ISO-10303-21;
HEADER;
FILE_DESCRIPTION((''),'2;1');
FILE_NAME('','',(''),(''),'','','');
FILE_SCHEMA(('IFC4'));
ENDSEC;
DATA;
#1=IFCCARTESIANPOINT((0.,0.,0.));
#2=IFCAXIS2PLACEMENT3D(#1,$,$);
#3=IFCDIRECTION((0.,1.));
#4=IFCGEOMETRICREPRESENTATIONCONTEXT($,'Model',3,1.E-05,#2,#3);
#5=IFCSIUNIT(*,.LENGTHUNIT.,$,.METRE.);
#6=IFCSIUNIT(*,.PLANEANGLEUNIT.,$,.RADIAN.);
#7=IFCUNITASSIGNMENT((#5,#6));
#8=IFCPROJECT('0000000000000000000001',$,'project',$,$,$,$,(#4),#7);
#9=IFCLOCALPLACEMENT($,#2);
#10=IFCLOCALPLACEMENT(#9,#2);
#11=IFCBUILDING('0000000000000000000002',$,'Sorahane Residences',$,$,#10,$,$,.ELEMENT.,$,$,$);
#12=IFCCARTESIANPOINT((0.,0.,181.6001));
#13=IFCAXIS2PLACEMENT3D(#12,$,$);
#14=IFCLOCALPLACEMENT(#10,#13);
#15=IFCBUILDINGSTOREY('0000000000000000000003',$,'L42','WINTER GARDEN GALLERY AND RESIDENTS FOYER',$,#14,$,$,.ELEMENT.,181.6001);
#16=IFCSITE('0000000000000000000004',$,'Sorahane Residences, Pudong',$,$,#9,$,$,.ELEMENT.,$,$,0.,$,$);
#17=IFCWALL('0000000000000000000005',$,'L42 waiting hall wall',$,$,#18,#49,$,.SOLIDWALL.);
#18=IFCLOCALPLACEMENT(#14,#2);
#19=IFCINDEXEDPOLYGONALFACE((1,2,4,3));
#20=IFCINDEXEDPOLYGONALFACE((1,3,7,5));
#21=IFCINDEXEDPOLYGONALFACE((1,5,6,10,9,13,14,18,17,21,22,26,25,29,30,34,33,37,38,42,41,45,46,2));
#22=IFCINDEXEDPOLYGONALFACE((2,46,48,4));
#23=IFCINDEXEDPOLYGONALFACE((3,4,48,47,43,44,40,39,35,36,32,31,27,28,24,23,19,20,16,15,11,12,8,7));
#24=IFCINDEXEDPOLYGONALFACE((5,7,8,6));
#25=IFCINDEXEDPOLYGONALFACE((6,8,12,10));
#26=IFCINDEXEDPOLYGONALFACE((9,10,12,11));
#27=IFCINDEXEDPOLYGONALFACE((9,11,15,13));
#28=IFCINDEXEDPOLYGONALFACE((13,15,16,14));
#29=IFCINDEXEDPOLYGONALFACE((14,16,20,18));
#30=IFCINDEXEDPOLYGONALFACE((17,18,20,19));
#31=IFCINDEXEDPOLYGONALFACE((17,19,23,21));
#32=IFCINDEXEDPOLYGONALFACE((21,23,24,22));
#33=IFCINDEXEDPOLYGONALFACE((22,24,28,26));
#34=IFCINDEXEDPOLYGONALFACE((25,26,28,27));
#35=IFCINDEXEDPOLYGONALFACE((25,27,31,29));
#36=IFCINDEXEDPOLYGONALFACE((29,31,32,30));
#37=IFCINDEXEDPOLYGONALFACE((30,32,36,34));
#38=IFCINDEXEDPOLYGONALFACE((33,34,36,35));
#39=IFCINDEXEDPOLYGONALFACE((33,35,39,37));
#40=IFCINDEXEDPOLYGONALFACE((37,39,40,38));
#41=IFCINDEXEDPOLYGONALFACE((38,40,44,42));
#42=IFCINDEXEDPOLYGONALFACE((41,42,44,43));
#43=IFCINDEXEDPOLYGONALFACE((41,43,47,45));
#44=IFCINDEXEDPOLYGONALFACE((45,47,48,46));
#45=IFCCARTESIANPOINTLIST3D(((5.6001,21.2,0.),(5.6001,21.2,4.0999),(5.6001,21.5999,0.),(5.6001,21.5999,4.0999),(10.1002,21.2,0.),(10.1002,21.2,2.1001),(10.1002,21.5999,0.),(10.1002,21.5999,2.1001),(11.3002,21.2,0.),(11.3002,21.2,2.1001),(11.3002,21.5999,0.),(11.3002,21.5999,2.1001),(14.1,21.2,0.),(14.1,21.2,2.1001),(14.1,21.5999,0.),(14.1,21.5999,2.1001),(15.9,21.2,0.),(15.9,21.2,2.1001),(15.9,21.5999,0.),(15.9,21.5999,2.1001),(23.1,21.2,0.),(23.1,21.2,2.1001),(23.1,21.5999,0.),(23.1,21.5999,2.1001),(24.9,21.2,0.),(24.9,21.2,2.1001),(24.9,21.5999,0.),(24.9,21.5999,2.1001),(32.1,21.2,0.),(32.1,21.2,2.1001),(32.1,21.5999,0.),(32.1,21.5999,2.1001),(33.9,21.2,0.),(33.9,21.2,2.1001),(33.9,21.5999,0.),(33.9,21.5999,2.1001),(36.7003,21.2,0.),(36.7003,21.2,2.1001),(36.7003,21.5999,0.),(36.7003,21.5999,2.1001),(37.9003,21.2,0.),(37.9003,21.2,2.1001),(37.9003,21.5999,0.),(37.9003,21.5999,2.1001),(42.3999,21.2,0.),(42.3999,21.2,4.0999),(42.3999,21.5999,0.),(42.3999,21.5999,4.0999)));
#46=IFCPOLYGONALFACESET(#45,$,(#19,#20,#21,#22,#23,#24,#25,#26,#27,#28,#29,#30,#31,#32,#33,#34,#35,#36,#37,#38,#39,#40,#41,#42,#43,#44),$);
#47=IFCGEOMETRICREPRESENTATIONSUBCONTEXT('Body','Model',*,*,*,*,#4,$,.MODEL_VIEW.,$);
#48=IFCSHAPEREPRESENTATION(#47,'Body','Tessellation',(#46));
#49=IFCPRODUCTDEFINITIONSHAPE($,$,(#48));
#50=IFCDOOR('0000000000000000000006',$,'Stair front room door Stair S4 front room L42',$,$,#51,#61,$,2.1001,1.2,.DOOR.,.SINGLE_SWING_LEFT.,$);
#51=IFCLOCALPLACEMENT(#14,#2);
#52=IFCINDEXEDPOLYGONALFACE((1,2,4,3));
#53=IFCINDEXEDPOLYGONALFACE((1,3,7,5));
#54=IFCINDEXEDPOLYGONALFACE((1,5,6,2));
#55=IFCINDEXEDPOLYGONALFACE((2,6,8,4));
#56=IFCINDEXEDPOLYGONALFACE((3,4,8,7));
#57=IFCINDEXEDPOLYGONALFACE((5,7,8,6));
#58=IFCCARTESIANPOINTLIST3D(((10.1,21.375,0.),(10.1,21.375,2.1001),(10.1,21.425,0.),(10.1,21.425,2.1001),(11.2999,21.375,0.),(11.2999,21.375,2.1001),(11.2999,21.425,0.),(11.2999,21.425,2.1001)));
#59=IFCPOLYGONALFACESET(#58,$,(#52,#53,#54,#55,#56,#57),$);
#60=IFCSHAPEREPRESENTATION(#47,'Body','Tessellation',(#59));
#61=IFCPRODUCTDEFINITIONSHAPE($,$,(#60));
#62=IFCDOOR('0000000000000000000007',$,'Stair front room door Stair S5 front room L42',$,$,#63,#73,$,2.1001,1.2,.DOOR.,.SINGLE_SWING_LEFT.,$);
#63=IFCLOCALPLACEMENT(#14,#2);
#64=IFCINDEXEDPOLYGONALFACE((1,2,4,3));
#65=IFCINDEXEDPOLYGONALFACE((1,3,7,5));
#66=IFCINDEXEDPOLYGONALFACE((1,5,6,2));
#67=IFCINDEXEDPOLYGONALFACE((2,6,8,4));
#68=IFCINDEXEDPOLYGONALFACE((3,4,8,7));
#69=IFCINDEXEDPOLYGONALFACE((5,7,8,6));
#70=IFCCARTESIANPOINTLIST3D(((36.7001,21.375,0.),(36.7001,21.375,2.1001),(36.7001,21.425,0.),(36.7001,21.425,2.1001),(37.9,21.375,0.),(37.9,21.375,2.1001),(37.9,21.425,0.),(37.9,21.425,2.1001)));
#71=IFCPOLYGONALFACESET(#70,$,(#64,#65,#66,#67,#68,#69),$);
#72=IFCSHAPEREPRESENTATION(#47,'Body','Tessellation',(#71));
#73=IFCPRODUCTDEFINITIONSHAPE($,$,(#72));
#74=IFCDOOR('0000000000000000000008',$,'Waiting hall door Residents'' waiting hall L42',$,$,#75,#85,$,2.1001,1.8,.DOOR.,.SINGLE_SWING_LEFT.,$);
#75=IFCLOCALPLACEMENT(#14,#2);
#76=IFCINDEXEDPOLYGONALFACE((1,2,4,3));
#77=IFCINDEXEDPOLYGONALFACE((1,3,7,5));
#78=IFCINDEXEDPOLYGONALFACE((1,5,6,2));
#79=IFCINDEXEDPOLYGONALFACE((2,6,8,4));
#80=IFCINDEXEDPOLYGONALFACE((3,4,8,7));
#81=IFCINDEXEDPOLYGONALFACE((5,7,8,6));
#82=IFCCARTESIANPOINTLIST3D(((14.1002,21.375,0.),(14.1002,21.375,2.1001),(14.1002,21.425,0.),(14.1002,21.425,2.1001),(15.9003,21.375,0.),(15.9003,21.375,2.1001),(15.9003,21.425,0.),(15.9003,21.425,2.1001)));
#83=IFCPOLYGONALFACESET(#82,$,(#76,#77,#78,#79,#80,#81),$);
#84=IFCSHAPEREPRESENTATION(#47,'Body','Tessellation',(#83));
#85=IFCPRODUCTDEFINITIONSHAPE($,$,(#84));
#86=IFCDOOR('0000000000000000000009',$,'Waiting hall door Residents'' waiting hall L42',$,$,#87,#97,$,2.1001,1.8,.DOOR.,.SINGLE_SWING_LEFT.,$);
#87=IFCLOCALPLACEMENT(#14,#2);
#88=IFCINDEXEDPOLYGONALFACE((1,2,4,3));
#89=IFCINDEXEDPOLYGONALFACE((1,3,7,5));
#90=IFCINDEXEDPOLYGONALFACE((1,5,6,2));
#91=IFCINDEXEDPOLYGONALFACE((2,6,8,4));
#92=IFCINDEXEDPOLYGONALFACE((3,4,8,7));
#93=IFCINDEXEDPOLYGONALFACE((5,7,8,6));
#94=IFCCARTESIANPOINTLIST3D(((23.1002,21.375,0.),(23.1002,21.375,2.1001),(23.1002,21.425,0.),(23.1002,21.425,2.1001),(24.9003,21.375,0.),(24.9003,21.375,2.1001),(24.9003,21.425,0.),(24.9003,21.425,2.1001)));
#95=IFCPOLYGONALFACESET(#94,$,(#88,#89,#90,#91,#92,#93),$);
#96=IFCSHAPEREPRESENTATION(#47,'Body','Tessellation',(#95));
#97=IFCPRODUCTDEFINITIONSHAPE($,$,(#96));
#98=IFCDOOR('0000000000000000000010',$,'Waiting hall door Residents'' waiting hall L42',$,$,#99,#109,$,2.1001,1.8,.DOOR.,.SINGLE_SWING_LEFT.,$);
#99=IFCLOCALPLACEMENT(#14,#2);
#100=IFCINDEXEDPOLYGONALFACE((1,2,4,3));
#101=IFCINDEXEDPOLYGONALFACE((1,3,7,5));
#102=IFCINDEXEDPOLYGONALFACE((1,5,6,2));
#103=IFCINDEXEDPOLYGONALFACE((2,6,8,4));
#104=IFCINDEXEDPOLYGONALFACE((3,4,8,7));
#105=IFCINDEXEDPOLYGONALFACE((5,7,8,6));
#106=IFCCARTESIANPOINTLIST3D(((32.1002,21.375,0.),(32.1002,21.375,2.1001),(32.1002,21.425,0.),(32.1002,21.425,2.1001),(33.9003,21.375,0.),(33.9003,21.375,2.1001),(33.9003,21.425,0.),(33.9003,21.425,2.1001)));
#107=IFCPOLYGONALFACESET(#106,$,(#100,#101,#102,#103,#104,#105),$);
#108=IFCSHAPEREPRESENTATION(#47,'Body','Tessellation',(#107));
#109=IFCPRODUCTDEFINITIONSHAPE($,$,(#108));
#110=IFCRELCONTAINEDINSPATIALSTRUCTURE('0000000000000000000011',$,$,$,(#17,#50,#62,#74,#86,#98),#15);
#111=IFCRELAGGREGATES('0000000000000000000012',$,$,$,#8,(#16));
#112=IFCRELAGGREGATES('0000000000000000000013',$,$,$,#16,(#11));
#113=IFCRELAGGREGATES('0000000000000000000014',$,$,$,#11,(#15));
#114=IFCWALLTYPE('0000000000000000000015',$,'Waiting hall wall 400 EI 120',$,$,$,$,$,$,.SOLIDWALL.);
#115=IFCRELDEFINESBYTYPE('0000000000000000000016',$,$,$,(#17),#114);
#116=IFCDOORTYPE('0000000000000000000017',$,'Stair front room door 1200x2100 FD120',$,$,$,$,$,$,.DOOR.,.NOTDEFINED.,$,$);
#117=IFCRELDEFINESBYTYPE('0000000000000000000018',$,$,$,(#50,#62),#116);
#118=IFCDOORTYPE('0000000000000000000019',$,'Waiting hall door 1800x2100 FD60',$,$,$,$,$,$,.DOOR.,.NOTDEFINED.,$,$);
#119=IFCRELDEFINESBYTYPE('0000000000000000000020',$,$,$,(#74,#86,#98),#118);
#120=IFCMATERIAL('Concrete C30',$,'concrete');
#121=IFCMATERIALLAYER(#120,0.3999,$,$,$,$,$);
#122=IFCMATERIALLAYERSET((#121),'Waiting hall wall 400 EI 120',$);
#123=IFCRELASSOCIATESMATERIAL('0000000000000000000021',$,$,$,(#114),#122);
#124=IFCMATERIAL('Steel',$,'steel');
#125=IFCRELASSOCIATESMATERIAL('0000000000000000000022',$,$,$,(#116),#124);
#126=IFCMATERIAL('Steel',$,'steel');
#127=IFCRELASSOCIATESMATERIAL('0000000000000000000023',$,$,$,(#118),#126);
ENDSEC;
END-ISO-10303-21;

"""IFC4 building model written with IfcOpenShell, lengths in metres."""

from ifc_helpers import new_model, si_unit, direction, frame, frame_2d, origin, place, context, subcontext, project, spatial, rectangle, extrude, material, layer, layer_set, type_object, element, fill, save


model = new_model("IFC4")

# Units and contexts
model_context = context("Model", 3, precision=1e-05, world=origin(), true_north=direction((0.0, 1.0)))
body_context = subcontext(model_context, "Body", "Model", "MODEL_VIEW")
ifc_project = project(units=[si_unit("LENGTHUNIT", "METRE"), si_unit("PLANEANGLEUNIT", "RADIAN")], contexts=[model_context])

# Site, building, storey
site_placement = place(None, origin())
site = spatial("IfcSite", under=ifc_project, at=site_placement, Name="Sorahane Residences, Pudong", CompositionType="ELEMENT", RefElevation=0.0)
building_placement = place(site_placement, origin())
building = spatial("IfcBuilding", under=site, at=building_placement, Name="Sorahane Residences", CompositionType="ELEMENT")
storey_placement = place(building_placement, frame((0.0, 0.0, 181.6001)))
storey = spatial("IfcBuildingStorey", under=building, at=storey_placement, Name="L42", Description="WINTER GARDEN GALLERY AND RESIDENTS FOYER", CompositionType="ELEMENT", Elevation=181.6001)

# Wall, openings, doors
ifc_material_1 = material(Name="Concrete C30", Category="concrete")
ifc_layer_1 = layer(ifc_material_1, 0.3999)
ifc_layer_set_1 = layer_set([ifc_layer_1], Name="Waiting hall wall 400 EI 120")
wall_type_1 = type_object("IfcWallType", Name="Waiting hall wall 400 EI 120", PredefinedType="SOLIDWALL", material=ifc_layer_set_1)
wall_1_placement = place(storey_placement, frame((5.6001, 21.3999, 0.0), z_axis=(0.0, 0.0, 1.0), x_axis=(1.0, 0.0, 0.0)))
wall_1 = element("IfcWall", 1, at=wall_1_placement, inside=storey, type_object=wall_type_1, Name="L42 waiting hall wall", PredefinedType="SOLIDWALL", context=body_context, shape_type="SweptSolid", body=[
    extrude(rectangle(XDim=36.7998, YDim=0.3999, at=frame_2d((18.3999, 0.0))), origin(), (0.0, 0.0, 1.0), 4.0999),
])
opening_1_placement = place(wall_1_placement, frame((8.5, 0.0, 0.0)))
opening_1 = element("IfcOpeningElement", 2, at=opening_1_placement, cuts=wall_1, PredefinedType="OPENING", context=body_context, shape_type="SweptSolid", body=[
    extrude(rectangle(XDim=1.8, YDim=2.1001, at=frame_2d((0.8999, 1.05))), frame((0.0, 0.21, 0.0), z_axis=(0.0, -1.0, 0.0), x_axis=(1.0, 0.0, 0.0)), (0.0, 0.0, 1.0), 0.4199),
])
opening_2_placement = place(wall_1_placement, frame((17.5, 0.0, 0.0)))
opening_2 = element("IfcOpeningElement", 3, at=opening_2_placement, cuts=wall_1, PredefinedType="OPENING", context=body_context, shape_type="SweptSolid", body=[
    extrude(rectangle(XDim=1.8, YDim=2.1001, at=frame_2d((0.8999, 1.05))), frame((0.0, 0.21, 0.0), z_axis=(0.0, -1.0, 0.0), x_axis=(1.0, 0.0, 0.0)), (0.0, 0.0, 1.0), 0.4199),
])
opening_3_placement = place(wall_1_placement, frame((26.5, 0.0, 0.0)))
opening_3 = element("IfcOpeningElement", 4, at=opening_3_placement, cuts=wall_1, PredefinedType="OPENING", context=body_context, shape_type="SweptSolid", body=[
    extrude(rectangle(XDim=1.8, YDim=2.1001, at=frame_2d((0.8999, 1.05))), frame((0.0, 0.21, 0.0), z_axis=(0.0, -1.0, 0.0), x_axis=(1.0, 0.0, 0.0)), (0.0, 0.0, 1.0), 0.4199),
])
opening_4_placement = place(wall_1_placement, frame((4.5, 0.0, 0.0)))
opening_4 = element("IfcOpeningElement", 5, at=opening_4_placement, cuts=wall_1, PredefinedType="OPENING", context=body_context, shape_type="SweptSolid", body=[
    extrude(rectangle(XDim=1.2, YDim=2.1001, at=frame_2d((0.6001, 1.05))), frame((0.0, 0.21, 0.0), z_axis=(0.0, -1.0, 0.0), x_axis=(1.0, 0.0, 0.0)), (0.0, 0.0, 1.0), 0.4199),
])
opening_5_placement = place(wall_1_placement, frame((31.1001, 0.0, 0.0)))
opening_5 = element("IfcOpeningElement", 6, at=opening_5_placement, cuts=wall_1, PredefinedType="OPENING", context=body_context, shape_type="SweptSolid", body=[
    extrude(rectangle(XDim=1.2, YDim=2.1001, at=frame_2d((0.6001, 1.05))), frame((0.0, 0.21, 0.0), z_axis=(0.0, -1.0, 0.0), x_axis=(1.0, 0.0, 0.0)), (0.0, 0.0, 1.0), 0.4199),
])
ifc_material_2 = material(Name="Steel", Category="steel")
door_type_1 = type_object("IfcDoorType", Name="Stair front room door 1200x2100 FD120", OperationType="NOTDEFINED", PredefinedType="DOOR", material=ifc_material_2)
door_1_placement = place(opening_4_placement, frame((1.2, 0.0, 0.0), z_axis=(0.0, 0.0, 1.0), x_axis=(-1.0, 0.0, 0.0)))
door_1 = element("IfcDoor", 7, at=door_1_placement, inside=storey, type_object=door_type_1, Name="Stair front room door Stair S4 front room L42", OperationType="SINGLE_SWING_LEFT", OverallHeight=2.1001, OverallWidth=1.2, PredefinedType="DOOR", context=body_context, shape_type="SweptSolid", body=[
    extrude(rectangle(XDim=1.2, YDim=2.1001, at=frame_2d((0.6001, 1.05))), frame((0.0, 0.0249, 0.0), z_axis=(0.0, -1.0, 0.0), x_axis=(1.0, 0.0, 0.0)), (0.0, 0.0, 1.0), 0.05),
])
fill(opening_4, door_1)
door_2_placement = place(opening_5_placement, frame((1.2, 0.0, 0.0), z_axis=(0.0, 0.0, 1.0), x_axis=(-1.0, 0.0, 0.0)))
door_2 = element("IfcDoor", 8, at=door_2_placement, inside=storey, type_object=door_type_1, Name="Stair front room door Stair S5 front room L42", OperationType="SINGLE_SWING_LEFT", OverallHeight=2.1001, OverallWidth=1.2, PredefinedType="DOOR", context=body_context, shape_type="SweptSolid", body=[
    extrude(rectangle(XDim=1.2, YDim=2.1001, at=frame_2d((0.6001, 1.05))), frame((0.0, 0.0249, 0.0), z_axis=(0.0, -1.0, 0.0), x_axis=(1.0, 0.0, 0.0)), (0.0, 0.0, 1.0), 0.05),
])
fill(opening_5, door_2)
ifc_material_3 = material(Name="Steel", Category="steel")
door_type_2 = type_object("IfcDoorType", Name="Waiting hall door 1800x2100 FD60", OperationType="NOTDEFINED", PredefinedType="DOOR", material=ifc_material_3)
door_3_placement = place(opening_1_placement, frame((1.8, 0.0, 0.0), z_axis=(0.0, 0.0, 1.0), x_axis=(-1.0, 0.0, 0.0)))
door_3 = element("IfcDoor", 9, at=door_3_placement, inside=storey, type_object=door_type_2, Name="Waiting hall door Residents' waiting hall L42", OperationType="SINGLE_SWING_LEFT", OverallHeight=2.1001, OverallWidth=1.8, PredefinedType="DOOR", context=body_context, shape_type="SweptSolid", body=[
    extrude(rectangle(XDim=1.8, YDim=2.1001, at=frame_2d((0.8999, 1.05))), frame((0.0, 0.0249, 0.0), z_axis=(0.0, -1.0, 0.0), x_axis=(1.0, 0.0, 0.0)), (0.0, 0.0, 1.0), 0.05),
])
fill(opening_1, door_3)
door_4_placement = place(opening_2_placement, frame((1.8, 0.0, 0.0), z_axis=(0.0, 0.0, 1.0), x_axis=(-1.0, 0.0, 0.0)))
door_4 = element("IfcDoor", 10, at=door_4_placement, inside=storey, type_object=door_type_2, Name="Waiting hall door Residents' waiting hall L42", OperationType="SINGLE_SWING_LEFT", OverallHeight=2.1001, OverallWidth=1.8, PredefinedType="DOOR", context=body_context, shape_type="SweptSolid", body=[
    extrude(rectangle(XDim=1.8, YDim=2.1001, at=frame_2d((0.8999, 1.05))), frame((0.0, 0.0249, 0.0), z_axis=(0.0, -1.0, 0.0), x_axis=(1.0, 0.0, 0.0)), (0.0, 0.0, 1.0), 0.05),
])
fill(opening_2, door_4)
door_5_placement = place(opening_3_placement, frame((1.8, 0.0, 0.0), z_axis=(0.0, 0.0, 1.0), x_axis=(-1.0, 0.0, 0.0)))
door_5 = element("IfcDoor", 11, at=door_5_placement, inside=storey, type_object=door_type_2, Name="Waiting hall door Residents' waiting hall L42", OperationType="SINGLE_SWING_LEFT", OverallHeight=2.1001, OverallWidth=1.8, PredefinedType="DOOR", context=body_context, shape_type="SweptSolid", body=[
    extrude(rectangle(XDim=1.8, YDim=2.1001, at=frame_2d((0.8999, 1.05))), frame((0.0, 0.0249, 0.0), z_axis=(0.0, -1.0, 0.0), x_axis=(1.0, 0.0, 0.0)), (0.0, 0.0, 1.0), 0.05),
])
fill(opening_3, door_5)

save(model, "model.ifc")
